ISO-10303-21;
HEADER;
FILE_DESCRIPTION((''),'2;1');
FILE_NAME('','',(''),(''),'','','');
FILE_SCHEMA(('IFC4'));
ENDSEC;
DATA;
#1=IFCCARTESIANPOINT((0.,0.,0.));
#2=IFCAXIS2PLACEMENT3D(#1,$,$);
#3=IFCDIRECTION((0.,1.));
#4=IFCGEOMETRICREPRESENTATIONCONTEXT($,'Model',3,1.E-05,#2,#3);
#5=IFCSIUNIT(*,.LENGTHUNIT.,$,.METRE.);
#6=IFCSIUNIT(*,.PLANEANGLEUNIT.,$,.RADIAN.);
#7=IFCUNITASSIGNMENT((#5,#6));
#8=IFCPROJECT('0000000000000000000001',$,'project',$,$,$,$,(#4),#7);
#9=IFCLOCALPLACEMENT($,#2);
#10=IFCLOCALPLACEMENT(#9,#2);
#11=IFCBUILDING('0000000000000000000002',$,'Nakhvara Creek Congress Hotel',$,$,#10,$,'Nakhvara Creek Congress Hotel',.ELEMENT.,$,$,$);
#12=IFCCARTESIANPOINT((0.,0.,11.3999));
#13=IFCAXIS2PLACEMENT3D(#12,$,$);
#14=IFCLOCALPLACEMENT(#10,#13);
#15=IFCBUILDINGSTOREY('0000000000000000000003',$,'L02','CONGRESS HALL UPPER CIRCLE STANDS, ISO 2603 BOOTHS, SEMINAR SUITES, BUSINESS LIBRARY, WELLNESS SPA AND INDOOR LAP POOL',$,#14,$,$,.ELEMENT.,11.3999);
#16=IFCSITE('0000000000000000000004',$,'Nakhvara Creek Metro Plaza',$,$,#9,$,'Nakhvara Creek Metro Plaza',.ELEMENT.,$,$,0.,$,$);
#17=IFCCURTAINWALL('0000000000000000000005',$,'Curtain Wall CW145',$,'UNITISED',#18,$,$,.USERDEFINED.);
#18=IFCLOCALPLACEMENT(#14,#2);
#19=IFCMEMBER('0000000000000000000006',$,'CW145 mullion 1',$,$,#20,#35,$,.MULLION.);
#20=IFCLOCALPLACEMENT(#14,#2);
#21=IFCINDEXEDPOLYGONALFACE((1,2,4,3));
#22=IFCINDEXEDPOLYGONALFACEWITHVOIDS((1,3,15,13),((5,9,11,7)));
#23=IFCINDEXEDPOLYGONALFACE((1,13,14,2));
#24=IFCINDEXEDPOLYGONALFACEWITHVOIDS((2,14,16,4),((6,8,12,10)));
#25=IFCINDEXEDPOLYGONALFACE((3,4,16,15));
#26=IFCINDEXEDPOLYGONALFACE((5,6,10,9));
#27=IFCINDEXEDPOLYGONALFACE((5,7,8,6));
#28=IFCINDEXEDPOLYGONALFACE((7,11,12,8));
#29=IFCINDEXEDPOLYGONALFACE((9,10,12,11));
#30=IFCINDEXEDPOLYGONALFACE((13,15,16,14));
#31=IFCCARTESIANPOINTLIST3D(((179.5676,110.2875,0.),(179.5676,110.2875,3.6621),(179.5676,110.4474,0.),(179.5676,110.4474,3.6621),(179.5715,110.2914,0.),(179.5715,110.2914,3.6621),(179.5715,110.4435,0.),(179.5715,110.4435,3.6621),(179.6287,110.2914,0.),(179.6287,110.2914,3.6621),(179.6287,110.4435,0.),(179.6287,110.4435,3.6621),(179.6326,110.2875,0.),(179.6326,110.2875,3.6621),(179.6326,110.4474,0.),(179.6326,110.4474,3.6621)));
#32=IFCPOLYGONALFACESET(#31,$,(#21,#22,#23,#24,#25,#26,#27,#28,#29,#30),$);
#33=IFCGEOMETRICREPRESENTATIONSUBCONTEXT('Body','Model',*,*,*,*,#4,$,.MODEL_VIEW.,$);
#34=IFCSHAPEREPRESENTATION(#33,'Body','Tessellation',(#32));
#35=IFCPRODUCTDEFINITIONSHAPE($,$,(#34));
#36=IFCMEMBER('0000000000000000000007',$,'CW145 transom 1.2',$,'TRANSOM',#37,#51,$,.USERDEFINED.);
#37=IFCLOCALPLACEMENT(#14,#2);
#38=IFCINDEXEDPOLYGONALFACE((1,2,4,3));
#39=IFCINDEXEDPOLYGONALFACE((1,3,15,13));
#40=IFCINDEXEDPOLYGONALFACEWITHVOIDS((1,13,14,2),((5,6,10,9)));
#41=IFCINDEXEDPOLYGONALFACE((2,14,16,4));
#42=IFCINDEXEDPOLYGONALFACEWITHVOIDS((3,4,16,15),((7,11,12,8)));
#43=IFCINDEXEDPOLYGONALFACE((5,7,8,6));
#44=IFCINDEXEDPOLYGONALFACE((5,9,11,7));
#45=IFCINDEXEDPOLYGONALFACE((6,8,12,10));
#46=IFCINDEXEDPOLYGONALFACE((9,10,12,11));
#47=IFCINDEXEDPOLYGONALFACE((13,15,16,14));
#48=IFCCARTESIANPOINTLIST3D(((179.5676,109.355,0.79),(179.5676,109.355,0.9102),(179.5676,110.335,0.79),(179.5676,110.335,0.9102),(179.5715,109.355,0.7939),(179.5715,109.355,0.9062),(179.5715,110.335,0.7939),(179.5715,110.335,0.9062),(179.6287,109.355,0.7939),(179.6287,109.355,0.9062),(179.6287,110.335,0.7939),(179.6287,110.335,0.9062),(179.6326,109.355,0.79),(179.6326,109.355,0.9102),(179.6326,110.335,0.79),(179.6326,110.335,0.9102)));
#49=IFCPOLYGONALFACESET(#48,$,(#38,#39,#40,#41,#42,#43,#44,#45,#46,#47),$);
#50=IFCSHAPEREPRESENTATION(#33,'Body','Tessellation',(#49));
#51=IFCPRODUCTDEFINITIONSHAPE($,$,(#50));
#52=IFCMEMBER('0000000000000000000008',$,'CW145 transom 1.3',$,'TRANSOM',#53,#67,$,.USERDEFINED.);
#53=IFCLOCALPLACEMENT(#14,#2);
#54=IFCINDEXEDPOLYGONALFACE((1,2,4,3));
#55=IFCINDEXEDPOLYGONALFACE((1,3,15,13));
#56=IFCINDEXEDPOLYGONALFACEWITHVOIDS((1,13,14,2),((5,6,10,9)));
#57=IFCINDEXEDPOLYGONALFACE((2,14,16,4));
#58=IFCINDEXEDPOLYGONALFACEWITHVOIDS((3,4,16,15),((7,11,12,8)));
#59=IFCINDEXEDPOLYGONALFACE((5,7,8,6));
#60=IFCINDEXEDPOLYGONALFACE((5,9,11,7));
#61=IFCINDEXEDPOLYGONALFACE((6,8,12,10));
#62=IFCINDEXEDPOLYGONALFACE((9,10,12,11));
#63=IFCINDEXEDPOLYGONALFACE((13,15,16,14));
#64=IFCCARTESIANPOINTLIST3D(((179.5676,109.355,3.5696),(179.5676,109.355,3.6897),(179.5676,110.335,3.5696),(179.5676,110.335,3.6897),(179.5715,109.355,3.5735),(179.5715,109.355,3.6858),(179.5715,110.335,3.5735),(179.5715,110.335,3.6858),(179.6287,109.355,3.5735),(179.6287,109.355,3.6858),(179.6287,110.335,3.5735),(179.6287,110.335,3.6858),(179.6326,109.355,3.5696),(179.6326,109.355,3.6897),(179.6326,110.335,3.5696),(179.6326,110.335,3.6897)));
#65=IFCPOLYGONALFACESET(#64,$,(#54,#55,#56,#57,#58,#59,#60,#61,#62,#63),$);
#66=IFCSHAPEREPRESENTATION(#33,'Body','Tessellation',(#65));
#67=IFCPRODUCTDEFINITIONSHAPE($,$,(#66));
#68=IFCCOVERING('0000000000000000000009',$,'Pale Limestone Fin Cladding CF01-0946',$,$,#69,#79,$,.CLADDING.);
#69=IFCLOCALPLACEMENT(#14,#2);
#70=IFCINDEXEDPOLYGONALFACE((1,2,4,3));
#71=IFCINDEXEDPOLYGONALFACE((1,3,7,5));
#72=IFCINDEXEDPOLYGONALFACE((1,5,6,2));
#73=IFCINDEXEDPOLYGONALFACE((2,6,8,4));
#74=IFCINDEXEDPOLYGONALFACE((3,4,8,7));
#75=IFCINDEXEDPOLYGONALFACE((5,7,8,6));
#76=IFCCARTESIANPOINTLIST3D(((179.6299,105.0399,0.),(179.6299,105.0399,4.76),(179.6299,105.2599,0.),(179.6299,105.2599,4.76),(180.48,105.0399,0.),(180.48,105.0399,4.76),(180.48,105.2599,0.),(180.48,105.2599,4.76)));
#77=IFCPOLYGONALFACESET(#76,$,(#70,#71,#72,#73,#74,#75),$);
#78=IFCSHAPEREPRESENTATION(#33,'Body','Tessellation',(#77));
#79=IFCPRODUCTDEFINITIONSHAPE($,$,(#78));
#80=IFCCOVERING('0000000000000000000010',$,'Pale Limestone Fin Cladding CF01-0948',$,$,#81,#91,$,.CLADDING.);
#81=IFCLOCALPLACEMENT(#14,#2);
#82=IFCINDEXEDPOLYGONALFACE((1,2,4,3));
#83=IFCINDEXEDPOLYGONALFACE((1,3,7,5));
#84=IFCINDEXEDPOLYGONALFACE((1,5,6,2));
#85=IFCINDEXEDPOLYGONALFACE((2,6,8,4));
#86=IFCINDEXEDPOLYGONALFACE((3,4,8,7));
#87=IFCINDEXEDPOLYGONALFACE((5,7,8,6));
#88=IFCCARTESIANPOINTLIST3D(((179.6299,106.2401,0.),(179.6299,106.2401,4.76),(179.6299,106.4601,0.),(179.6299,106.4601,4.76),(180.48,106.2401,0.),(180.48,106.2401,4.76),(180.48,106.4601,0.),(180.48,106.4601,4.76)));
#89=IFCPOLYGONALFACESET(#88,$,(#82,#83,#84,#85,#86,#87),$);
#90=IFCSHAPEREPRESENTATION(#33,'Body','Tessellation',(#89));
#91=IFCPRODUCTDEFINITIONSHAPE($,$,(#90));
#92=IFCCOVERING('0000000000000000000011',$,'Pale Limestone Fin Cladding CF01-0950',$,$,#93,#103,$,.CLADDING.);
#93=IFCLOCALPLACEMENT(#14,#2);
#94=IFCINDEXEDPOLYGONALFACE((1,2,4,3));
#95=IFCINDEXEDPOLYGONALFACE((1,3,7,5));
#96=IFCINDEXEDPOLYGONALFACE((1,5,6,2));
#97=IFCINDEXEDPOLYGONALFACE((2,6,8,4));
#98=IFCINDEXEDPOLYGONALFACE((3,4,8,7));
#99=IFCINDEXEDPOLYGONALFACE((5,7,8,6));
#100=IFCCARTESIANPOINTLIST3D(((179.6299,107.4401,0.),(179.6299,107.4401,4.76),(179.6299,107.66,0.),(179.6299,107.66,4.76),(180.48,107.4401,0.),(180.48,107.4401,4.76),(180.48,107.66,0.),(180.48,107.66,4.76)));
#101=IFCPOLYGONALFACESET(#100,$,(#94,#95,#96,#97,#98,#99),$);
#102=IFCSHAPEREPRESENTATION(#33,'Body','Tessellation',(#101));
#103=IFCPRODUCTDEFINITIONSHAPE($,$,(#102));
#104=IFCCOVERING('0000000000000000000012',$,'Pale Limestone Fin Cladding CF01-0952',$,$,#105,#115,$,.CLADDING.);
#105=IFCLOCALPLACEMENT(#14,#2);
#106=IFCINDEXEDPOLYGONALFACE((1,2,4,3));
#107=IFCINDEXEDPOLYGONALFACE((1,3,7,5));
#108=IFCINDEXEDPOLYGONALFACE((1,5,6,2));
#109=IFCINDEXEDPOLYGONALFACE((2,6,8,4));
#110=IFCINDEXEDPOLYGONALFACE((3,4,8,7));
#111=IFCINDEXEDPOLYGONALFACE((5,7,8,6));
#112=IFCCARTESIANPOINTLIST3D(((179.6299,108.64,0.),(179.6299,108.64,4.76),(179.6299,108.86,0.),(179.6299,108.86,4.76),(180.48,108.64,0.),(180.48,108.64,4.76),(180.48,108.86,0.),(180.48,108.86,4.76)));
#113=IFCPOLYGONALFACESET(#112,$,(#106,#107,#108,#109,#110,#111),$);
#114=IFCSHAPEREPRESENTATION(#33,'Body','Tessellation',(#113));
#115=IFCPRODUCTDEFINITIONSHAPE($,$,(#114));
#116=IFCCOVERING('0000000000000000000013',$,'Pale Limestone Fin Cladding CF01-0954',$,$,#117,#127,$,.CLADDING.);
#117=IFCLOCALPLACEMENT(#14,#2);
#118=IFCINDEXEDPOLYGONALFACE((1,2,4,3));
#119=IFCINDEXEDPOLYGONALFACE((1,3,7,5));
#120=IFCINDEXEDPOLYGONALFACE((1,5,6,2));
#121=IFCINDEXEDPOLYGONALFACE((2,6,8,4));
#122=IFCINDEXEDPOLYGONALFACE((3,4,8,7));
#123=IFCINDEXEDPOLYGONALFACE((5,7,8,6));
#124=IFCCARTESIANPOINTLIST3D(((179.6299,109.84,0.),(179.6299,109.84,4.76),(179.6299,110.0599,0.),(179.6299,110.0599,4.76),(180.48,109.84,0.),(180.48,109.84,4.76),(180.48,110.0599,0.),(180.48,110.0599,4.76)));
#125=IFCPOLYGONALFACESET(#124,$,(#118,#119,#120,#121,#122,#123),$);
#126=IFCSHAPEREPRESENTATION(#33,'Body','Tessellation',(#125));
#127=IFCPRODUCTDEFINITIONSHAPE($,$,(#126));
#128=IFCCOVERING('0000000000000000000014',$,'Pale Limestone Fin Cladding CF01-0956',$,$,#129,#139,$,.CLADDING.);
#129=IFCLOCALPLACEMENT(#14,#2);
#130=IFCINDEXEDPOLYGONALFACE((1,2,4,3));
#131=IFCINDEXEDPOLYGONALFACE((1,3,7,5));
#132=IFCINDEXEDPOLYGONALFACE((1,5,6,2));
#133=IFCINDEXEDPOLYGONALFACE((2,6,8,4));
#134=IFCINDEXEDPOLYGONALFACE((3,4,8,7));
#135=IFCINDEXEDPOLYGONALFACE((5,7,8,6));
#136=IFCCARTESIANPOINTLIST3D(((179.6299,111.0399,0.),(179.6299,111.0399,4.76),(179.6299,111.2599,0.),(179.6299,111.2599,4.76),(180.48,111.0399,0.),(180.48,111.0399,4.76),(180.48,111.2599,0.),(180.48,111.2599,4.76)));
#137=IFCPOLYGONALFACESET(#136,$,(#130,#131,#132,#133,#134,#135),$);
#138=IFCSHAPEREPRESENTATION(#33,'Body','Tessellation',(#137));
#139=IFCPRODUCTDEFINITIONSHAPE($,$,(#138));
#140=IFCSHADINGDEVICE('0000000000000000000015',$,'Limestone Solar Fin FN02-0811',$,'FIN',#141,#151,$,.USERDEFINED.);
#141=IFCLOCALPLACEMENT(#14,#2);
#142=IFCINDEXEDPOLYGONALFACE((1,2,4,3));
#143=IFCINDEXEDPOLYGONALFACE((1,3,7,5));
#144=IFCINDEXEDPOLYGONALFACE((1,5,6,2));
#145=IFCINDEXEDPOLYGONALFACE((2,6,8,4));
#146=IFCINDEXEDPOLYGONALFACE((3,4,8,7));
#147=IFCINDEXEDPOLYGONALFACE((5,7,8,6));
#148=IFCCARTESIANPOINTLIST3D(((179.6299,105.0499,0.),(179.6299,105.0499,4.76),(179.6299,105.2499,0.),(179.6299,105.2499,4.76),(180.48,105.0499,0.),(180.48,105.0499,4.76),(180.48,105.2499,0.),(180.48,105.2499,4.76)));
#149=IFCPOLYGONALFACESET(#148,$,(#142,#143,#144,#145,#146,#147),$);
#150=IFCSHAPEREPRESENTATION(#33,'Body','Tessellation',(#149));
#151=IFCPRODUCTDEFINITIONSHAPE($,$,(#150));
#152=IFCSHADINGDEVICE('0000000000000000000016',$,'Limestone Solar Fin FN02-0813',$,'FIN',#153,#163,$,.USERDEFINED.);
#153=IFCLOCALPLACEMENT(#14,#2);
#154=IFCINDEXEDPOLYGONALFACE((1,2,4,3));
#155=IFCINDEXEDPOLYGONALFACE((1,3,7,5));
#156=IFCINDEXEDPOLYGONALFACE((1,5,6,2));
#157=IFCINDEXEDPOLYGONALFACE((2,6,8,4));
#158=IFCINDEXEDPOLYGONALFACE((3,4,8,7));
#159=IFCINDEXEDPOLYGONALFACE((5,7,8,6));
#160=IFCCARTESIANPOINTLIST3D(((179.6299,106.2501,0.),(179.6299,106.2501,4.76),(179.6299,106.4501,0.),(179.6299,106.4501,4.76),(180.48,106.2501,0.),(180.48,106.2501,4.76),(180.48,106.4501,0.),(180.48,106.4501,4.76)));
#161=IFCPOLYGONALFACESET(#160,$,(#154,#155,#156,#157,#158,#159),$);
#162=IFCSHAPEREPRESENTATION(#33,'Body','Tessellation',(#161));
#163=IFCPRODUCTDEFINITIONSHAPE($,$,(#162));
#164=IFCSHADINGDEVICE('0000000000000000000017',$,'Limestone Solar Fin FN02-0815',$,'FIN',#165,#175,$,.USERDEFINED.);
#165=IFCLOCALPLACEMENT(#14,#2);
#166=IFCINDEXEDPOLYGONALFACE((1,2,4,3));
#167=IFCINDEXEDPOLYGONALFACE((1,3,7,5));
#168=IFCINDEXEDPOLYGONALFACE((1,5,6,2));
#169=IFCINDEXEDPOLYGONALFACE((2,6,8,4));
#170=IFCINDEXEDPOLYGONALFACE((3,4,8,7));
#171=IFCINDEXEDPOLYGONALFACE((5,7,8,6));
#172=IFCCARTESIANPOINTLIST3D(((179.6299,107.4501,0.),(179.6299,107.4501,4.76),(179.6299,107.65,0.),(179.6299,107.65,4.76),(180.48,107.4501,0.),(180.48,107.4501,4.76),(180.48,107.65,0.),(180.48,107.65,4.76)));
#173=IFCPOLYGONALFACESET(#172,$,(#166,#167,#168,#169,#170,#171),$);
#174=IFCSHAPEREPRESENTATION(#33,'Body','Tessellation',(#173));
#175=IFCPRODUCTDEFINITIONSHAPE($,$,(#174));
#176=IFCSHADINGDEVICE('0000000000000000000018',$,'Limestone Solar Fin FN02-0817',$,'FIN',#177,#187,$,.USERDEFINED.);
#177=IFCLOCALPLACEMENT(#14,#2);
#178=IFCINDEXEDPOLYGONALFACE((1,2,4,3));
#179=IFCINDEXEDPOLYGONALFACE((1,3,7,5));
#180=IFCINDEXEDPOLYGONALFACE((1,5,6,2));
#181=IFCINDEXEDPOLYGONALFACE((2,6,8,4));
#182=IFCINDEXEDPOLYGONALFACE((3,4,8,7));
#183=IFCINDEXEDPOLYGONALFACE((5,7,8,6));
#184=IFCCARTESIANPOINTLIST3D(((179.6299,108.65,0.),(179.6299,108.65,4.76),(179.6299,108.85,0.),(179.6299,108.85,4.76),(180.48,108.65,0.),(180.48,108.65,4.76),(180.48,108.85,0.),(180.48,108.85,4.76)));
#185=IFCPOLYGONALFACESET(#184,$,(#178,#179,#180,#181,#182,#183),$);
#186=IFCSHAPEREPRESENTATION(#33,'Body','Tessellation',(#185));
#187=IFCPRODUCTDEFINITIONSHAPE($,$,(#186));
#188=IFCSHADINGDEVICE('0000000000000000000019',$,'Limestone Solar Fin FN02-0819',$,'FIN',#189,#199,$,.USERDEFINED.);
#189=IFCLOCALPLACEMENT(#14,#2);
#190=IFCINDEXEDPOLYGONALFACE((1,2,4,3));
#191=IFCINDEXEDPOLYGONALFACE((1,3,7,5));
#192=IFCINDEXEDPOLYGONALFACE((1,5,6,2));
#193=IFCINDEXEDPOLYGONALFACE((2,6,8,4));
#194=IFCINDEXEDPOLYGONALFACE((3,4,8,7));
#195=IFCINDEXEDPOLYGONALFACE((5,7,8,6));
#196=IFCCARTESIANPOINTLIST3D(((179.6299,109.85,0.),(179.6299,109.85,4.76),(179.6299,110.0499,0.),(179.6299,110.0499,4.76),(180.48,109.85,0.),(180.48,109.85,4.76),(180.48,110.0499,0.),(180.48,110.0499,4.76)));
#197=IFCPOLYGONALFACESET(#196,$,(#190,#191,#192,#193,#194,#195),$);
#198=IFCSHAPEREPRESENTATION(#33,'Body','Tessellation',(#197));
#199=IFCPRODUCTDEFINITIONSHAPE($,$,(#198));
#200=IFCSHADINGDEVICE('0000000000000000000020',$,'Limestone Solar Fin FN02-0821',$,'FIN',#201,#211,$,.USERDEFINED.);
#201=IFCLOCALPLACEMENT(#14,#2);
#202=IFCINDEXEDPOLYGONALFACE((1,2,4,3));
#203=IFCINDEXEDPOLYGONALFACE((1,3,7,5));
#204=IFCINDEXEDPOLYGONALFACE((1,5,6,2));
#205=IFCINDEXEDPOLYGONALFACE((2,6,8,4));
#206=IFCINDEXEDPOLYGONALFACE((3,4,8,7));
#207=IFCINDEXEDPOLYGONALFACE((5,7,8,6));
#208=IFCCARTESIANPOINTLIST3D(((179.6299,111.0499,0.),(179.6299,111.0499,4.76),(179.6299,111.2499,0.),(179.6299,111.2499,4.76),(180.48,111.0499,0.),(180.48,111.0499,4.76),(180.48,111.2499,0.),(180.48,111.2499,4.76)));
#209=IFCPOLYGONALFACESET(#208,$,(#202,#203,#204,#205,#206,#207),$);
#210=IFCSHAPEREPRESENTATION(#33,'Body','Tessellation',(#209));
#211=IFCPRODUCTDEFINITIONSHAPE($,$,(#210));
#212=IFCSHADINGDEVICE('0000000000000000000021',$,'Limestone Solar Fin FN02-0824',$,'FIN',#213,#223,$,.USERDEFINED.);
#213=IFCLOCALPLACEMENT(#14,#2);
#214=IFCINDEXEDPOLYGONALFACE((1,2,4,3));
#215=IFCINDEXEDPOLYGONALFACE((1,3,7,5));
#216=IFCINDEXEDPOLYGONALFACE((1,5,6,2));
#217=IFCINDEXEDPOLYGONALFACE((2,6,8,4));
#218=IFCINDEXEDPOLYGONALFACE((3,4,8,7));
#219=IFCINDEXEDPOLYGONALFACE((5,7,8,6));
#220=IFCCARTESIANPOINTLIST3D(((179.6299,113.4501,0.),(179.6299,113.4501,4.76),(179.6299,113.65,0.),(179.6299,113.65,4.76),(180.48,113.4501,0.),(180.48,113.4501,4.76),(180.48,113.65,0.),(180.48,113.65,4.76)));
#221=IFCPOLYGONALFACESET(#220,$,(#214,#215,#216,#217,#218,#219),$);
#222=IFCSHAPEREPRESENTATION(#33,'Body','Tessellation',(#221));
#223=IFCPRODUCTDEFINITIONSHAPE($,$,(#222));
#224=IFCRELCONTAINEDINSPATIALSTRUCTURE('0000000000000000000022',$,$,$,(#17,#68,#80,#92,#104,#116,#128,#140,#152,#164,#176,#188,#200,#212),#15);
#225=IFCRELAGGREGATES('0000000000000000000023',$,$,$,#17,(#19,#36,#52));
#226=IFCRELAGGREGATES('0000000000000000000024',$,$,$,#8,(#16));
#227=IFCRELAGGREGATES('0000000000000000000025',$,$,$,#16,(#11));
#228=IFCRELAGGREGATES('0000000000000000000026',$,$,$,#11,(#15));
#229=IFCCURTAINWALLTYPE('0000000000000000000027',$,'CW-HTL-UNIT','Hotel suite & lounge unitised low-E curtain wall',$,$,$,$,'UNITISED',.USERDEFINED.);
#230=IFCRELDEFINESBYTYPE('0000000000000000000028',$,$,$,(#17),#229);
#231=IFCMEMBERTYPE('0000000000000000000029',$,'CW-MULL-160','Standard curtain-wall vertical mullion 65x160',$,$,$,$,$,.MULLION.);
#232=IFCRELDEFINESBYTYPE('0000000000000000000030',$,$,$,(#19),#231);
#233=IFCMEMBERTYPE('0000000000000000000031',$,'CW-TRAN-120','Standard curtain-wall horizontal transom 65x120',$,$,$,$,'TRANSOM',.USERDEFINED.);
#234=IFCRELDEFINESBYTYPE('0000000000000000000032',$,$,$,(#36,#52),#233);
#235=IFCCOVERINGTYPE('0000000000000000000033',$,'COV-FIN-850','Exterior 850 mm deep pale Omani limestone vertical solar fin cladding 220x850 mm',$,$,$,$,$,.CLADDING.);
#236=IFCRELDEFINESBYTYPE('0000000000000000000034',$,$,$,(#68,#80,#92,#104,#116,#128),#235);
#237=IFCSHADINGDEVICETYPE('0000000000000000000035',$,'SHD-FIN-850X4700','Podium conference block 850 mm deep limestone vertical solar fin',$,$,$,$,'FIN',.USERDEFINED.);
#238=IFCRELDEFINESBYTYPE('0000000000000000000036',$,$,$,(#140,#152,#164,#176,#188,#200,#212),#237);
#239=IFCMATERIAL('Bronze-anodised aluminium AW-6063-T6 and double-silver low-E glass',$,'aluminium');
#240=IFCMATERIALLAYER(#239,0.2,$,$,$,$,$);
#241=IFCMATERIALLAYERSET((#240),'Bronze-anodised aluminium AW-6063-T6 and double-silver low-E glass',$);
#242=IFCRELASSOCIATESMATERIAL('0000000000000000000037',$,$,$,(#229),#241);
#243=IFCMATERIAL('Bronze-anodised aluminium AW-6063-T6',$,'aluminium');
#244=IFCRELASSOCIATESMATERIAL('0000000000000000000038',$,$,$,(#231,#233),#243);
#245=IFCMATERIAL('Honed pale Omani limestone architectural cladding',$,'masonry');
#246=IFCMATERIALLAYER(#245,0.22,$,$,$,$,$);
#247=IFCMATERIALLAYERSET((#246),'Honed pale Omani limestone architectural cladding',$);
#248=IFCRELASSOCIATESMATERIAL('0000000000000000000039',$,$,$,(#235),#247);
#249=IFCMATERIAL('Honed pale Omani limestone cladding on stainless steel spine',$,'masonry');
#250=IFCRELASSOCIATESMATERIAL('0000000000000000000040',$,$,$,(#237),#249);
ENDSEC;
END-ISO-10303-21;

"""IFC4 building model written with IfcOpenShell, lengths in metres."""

from ifc_helpers import new_model, si_unit, direction, frame, origin, origin_2d, place, context, subcontext, project, spatial, rectangle, hollow_rectangle, extrude, material, layer, layer_set, material_profile, profile_set, type_object, element, aggregate, save


model = new_model("IFC4")

# Units and contexts
model_context = context("Model", 3, precision=1e-05, world=origin(), true_north=direction((0.0, 1.0)))
body_context = subcontext(model_context, "Body", "Model", "MODEL_VIEW")
ifc_project = project(units=[si_unit("LENGTHUNIT", "METRE"), si_unit("PLANEANGLEUNIT", "RADIAN")], contexts=[model_context])

# Site, building, storey
site_placement = place(None, origin())
site = spatial("IfcSite", under=ifc_project, at=site_placement, Name="Nakhvara Creek Metro Plaza", LongName="Nakhvara Creek Metro Plaza", CompositionType="ELEMENT", RefElevation=0.0)
building_placement = place(site_placement, origin())
building = spatial("IfcBuilding", under=site, at=building_placement, Name="Nakhvara Creek Congress Hotel", LongName="Nakhvara Creek Congress Hotel", CompositionType="ELEMENT")
storey_placement = place(building_placement, frame((0.0, 0.0, 11.3999)))
storey = spatial("IfcBuildingStorey", under=building, at=storey_placement, Name="L02", Description="CONGRESS HALL UPPER CIRCLE STANDS, ISO 2603 BOOTHS, SEMINAR SUITES, BUSINESS LIBRARY, WELLNESS SPA AND INDOOR LAP POOL", CompositionType="ELEMENT", Elevation=11.3999)

# Curtain wall, members
ifc_material_1 = material(Name="Bronze-anodised aluminium AW-6063-T6 and double-silver low-E glass", Category="aluminium")
ifc_layer_1 = layer(ifc_material_1, 0.2)
ifc_layer_set_1 = layer_set([ifc_layer_1], Name="Bronze-anodised aluminium AW-6063-T6 and double-silver low-E glass")
curtain_wall_type = type_object("IfcCurtainWallType", Name="CW-HTL-UNIT", Description="Hotel suite & lounge unitised low-E curtain wall", ElementType="UNITISED", PredefinedType="USERDEFINED", material=ifc_layer_set_1)
curtain_wall_placement = place(storey_placement, origin())
curtain_wall = element("IfcCurtainWall", 1, at=curtain_wall_placement, inside=storey, type_object=curtain_wall_type, Name="Curtain Wall CW145", ObjectType="UNITISED", PredefinedType="USERDEFINED")
ifc_material_2 = material(Name="Bronze-anodised aluminium AW-6063-T6", Category="aluminium")
ifc_material_profile_1 = material_profile(ifc_material_2, hollow_rectangle(XDim=0.0649, YDim=0.1599, WallThickness=0.0039, at=origin_2d()), Name="ALU-MULL 65x160x4", Category="LoadBearing")
ifc_profile_set_1 = profile_set([ifc_material_profile_1], Name="Bronze-anodised aluminium AW-6063-T6")
member_type_1 = type_object("IfcMemberType", Name="CW-MULL-160", Description="Standard curtain-wall vertical mullion 65x160", PredefinedType="MULLION", material=ifc_profile_set_1)
member_1_placement = place(storey_placement, frame((179.6001, 110.3674, 0.0), z_axis=(0.0, 0.0, 1.0), x_axis=(1.0, 0.0, 0.0)))
member_1 = element("IfcMember", 2, at=member_1_placement, type_object=member_type_1, Name="CW145 mullion 1", PredefinedType="MULLION", context=body_context, shape_type="SweptSolid", body=[
    extrude(hollow_rectangle(XDim=0.0649, YDim=0.1599, WallThickness=0.0039, at=origin_2d()), origin(), (0.0, 0.0, 1.0), 3.6621),
])
ifc_material_profile_2 = material_profile(ifc_material_2, hollow_rectangle(XDim=0.0649, YDim=0.1201, WallThickness=0.0039, at=origin_2d()), Name="ALU-TRAN 65x120x4", Category="LoadBearing")
ifc_profile_set_2 = profile_set([ifc_material_profile_2], Name="Bronze-anodised aluminium AW-6063-T6")
member_type_2 = type_object("IfcMemberType", Name="CW-TRAN-120", Description="Standard curtain-wall horizontal transom 65x120", ElementType="TRANSOM", PredefinedType="USERDEFINED", material=ifc_profile_set_2)
member_2_placement = place(storey_placement, frame((179.6001, 110.335, 0.8501), z_axis=(0.0, -1.0, 0.0), x_axis=(1.0, 0.0, 0.0)))
member_2 = element("IfcMember", 3, at=member_2_placement, type_object=member_type_2, Name="CW145 transom 1.2", ObjectType="TRANSOM", PredefinedType="USERDEFINED", context=body_context, shape_type="SweptSolid", body=[
    extrude(hollow_rectangle(XDim=0.0649, YDim=0.1201, WallThickness=0.0039, at=origin_2d()), origin(), (0.0, 0.0, 1.0), 0.98),
])
member_3_placement = place(storey_placement, frame((179.6001, 110.335, 3.6296), z_axis=(0.0, -1.0, 0.0), x_axis=(1.0, 0.0, 0.0)))
member_3 = element("IfcMember", 4, at=member_3_placement, type_object=member_type_2, Name="CW145 transom 1.3", ObjectType="TRANSOM", PredefinedType="USERDEFINED", context=body_context, shape_type="SweptSolid", body=[
    extrude(hollow_rectangle(XDim=0.0649, YDim=0.1201, WallThickness=0.0039, at=origin_2d()), origin(), (0.0, 0.0, 1.0), 0.98),
])
aggregate(curtain_wall, [member_1, member_2, member_3])

# Coverings
ifc_material_3 = material(Name="Honed pale Omani limestone architectural cladding", Category="masonry")
ifc_layer_2 = layer(ifc_material_3, 0.22)
ifc_layer_set_2 = layer_set([ifc_layer_2], Name="Honed pale Omani limestone architectural cladding")
covering_type = type_object("IfcCoveringType", Name="COV-FIN-850", Description="Exterior 850 mm deep pale Omani limestone vertical solar fin cladding 220x850 mm", PredefinedType="CLADDING", material=ifc_layer_set_2)
for number, where, z_axis, x_axis, name in (
    (5, (180.0549, 105.1499, 0.0), (0.0, 0.0, 1.0), (0.0, 1.0, 0.0), "Pale Limestone Fin Cladding CF01-0946"),
    (6, (180.0549, 106.3501, 0.0), (0.0, 0.0, 1.0), (0.0, 1.0, 0.0), "Pale Limestone Fin Cladding CF01-0948"),
    (7, (180.0549, 107.55, 0.0), (0.0, 0.0, 1.0), (0.0, 1.0, 0.0), "Pale Limestone Fin Cladding CF01-0950"),
    (8, (180.0549, 108.75, 0.0), (0.0, 0.0, 1.0), (0.0, 1.0, 0.0), "Pale Limestone Fin Cladding CF01-0952"),
    (9, (180.0549, 109.95, 0.0), (0.0, 0.0, 1.0), (0.0, 1.0, 0.0), "Pale Limestone Fin Cladding CF01-0954"),
    (10, (180.0549, 111.1499, 0.0), (0.0, 0.0, 1.0), (0.0, 1.0, 0.0), "Pale Limestone Fin Cladding CF01-0956"),
):
    element("IfcCovering", number, at=place(storey_placement, frame(where, z_axis=z_axis, x_axis=x_axis)), inside=storey, type_object=covering_type, Name=name, PredefinedType="CLADDING", context=body_context, shape_type="SweptSolid", body=[
        extrude(rectangle(XDim=0.22, YDim=0.8501, at=origin_2d()), origin(), (0.0, 0.0, 1.0), 4.76),
    ])

# Shading devices
ifc_material_4 = material(Name="Honed pale Omani limestone cladding on stainless steel spine", Category="masonry")
shading_device_type = type_object("IfcShadingDeviceType", Name="SHD-FIN-850X4700", Description="Podium conference block 850 mm deep limestone vertical solar fin", ElementType="FIN", PredefinedType="USERDEFINED", material=ifc_material_4)
for number, where, z_axis, x_axis, name in (
    (11, (180.0549, 105.1499, 0.0), (0.0, 0.0, 1.0), (0.0, 1.0, 0.0), "Limestone Solar Fin FN02-0811"),
    (12, (180.0549, 106.3501, 0.0), (0.0, 0.0, 1.0), (0.0, 1.0, 0.0), "Limestone Solar Fin FN02-0813"),
    (13, (180.0549, 107.55, 0.0), (0.0, 0.0, 1.0), (0.0, 1.0, 0.0), "Limestone Solar Fin FN02-0815"),
    (14, (180.0549, 108.75, 0.0), (0.0, 0.0, 1.0), (0.0, 1.0, 0.0), "Limestone Solar Fin FN02-0817"),
    (15, (180.0549, 109.95, 0.0), (0.0, 0.0, 1.0), (0.0, 1.0, 0.0), "Limestone Solar Fin FN02-0819"),
    (16, (180.0549, 111.1499, 0.0), (0.0, 0.0, 1.0), (0.0, 1.0, 0.0), "Limestone Solar Fin FN02-0821"),
    (17, (180.0549, 113.55, 0.0), (0.0, 0.0, 1.0), (0.0, 1.0, 0.0), "Limestone Solar Fin FN02-0824"),
):
    element("IfcShadingDevice", number, at=place(storey_placement, frame(where, z_axis=z_axis, x_axis=x_axis)), inside=storey, type_object=shading_device_type, Name=name, ObjectType="FIN", PredefinedType="USERDEFINED", context=body_context, shape_type="SweptSolid", body=[
        extrude(rectangle(XDim=0.2, YDim=0.8501, at=origin_2d()), origin(), (0.0, 0.0, 1.0), 4.76),
    ])

save(model, "model.ifc")
